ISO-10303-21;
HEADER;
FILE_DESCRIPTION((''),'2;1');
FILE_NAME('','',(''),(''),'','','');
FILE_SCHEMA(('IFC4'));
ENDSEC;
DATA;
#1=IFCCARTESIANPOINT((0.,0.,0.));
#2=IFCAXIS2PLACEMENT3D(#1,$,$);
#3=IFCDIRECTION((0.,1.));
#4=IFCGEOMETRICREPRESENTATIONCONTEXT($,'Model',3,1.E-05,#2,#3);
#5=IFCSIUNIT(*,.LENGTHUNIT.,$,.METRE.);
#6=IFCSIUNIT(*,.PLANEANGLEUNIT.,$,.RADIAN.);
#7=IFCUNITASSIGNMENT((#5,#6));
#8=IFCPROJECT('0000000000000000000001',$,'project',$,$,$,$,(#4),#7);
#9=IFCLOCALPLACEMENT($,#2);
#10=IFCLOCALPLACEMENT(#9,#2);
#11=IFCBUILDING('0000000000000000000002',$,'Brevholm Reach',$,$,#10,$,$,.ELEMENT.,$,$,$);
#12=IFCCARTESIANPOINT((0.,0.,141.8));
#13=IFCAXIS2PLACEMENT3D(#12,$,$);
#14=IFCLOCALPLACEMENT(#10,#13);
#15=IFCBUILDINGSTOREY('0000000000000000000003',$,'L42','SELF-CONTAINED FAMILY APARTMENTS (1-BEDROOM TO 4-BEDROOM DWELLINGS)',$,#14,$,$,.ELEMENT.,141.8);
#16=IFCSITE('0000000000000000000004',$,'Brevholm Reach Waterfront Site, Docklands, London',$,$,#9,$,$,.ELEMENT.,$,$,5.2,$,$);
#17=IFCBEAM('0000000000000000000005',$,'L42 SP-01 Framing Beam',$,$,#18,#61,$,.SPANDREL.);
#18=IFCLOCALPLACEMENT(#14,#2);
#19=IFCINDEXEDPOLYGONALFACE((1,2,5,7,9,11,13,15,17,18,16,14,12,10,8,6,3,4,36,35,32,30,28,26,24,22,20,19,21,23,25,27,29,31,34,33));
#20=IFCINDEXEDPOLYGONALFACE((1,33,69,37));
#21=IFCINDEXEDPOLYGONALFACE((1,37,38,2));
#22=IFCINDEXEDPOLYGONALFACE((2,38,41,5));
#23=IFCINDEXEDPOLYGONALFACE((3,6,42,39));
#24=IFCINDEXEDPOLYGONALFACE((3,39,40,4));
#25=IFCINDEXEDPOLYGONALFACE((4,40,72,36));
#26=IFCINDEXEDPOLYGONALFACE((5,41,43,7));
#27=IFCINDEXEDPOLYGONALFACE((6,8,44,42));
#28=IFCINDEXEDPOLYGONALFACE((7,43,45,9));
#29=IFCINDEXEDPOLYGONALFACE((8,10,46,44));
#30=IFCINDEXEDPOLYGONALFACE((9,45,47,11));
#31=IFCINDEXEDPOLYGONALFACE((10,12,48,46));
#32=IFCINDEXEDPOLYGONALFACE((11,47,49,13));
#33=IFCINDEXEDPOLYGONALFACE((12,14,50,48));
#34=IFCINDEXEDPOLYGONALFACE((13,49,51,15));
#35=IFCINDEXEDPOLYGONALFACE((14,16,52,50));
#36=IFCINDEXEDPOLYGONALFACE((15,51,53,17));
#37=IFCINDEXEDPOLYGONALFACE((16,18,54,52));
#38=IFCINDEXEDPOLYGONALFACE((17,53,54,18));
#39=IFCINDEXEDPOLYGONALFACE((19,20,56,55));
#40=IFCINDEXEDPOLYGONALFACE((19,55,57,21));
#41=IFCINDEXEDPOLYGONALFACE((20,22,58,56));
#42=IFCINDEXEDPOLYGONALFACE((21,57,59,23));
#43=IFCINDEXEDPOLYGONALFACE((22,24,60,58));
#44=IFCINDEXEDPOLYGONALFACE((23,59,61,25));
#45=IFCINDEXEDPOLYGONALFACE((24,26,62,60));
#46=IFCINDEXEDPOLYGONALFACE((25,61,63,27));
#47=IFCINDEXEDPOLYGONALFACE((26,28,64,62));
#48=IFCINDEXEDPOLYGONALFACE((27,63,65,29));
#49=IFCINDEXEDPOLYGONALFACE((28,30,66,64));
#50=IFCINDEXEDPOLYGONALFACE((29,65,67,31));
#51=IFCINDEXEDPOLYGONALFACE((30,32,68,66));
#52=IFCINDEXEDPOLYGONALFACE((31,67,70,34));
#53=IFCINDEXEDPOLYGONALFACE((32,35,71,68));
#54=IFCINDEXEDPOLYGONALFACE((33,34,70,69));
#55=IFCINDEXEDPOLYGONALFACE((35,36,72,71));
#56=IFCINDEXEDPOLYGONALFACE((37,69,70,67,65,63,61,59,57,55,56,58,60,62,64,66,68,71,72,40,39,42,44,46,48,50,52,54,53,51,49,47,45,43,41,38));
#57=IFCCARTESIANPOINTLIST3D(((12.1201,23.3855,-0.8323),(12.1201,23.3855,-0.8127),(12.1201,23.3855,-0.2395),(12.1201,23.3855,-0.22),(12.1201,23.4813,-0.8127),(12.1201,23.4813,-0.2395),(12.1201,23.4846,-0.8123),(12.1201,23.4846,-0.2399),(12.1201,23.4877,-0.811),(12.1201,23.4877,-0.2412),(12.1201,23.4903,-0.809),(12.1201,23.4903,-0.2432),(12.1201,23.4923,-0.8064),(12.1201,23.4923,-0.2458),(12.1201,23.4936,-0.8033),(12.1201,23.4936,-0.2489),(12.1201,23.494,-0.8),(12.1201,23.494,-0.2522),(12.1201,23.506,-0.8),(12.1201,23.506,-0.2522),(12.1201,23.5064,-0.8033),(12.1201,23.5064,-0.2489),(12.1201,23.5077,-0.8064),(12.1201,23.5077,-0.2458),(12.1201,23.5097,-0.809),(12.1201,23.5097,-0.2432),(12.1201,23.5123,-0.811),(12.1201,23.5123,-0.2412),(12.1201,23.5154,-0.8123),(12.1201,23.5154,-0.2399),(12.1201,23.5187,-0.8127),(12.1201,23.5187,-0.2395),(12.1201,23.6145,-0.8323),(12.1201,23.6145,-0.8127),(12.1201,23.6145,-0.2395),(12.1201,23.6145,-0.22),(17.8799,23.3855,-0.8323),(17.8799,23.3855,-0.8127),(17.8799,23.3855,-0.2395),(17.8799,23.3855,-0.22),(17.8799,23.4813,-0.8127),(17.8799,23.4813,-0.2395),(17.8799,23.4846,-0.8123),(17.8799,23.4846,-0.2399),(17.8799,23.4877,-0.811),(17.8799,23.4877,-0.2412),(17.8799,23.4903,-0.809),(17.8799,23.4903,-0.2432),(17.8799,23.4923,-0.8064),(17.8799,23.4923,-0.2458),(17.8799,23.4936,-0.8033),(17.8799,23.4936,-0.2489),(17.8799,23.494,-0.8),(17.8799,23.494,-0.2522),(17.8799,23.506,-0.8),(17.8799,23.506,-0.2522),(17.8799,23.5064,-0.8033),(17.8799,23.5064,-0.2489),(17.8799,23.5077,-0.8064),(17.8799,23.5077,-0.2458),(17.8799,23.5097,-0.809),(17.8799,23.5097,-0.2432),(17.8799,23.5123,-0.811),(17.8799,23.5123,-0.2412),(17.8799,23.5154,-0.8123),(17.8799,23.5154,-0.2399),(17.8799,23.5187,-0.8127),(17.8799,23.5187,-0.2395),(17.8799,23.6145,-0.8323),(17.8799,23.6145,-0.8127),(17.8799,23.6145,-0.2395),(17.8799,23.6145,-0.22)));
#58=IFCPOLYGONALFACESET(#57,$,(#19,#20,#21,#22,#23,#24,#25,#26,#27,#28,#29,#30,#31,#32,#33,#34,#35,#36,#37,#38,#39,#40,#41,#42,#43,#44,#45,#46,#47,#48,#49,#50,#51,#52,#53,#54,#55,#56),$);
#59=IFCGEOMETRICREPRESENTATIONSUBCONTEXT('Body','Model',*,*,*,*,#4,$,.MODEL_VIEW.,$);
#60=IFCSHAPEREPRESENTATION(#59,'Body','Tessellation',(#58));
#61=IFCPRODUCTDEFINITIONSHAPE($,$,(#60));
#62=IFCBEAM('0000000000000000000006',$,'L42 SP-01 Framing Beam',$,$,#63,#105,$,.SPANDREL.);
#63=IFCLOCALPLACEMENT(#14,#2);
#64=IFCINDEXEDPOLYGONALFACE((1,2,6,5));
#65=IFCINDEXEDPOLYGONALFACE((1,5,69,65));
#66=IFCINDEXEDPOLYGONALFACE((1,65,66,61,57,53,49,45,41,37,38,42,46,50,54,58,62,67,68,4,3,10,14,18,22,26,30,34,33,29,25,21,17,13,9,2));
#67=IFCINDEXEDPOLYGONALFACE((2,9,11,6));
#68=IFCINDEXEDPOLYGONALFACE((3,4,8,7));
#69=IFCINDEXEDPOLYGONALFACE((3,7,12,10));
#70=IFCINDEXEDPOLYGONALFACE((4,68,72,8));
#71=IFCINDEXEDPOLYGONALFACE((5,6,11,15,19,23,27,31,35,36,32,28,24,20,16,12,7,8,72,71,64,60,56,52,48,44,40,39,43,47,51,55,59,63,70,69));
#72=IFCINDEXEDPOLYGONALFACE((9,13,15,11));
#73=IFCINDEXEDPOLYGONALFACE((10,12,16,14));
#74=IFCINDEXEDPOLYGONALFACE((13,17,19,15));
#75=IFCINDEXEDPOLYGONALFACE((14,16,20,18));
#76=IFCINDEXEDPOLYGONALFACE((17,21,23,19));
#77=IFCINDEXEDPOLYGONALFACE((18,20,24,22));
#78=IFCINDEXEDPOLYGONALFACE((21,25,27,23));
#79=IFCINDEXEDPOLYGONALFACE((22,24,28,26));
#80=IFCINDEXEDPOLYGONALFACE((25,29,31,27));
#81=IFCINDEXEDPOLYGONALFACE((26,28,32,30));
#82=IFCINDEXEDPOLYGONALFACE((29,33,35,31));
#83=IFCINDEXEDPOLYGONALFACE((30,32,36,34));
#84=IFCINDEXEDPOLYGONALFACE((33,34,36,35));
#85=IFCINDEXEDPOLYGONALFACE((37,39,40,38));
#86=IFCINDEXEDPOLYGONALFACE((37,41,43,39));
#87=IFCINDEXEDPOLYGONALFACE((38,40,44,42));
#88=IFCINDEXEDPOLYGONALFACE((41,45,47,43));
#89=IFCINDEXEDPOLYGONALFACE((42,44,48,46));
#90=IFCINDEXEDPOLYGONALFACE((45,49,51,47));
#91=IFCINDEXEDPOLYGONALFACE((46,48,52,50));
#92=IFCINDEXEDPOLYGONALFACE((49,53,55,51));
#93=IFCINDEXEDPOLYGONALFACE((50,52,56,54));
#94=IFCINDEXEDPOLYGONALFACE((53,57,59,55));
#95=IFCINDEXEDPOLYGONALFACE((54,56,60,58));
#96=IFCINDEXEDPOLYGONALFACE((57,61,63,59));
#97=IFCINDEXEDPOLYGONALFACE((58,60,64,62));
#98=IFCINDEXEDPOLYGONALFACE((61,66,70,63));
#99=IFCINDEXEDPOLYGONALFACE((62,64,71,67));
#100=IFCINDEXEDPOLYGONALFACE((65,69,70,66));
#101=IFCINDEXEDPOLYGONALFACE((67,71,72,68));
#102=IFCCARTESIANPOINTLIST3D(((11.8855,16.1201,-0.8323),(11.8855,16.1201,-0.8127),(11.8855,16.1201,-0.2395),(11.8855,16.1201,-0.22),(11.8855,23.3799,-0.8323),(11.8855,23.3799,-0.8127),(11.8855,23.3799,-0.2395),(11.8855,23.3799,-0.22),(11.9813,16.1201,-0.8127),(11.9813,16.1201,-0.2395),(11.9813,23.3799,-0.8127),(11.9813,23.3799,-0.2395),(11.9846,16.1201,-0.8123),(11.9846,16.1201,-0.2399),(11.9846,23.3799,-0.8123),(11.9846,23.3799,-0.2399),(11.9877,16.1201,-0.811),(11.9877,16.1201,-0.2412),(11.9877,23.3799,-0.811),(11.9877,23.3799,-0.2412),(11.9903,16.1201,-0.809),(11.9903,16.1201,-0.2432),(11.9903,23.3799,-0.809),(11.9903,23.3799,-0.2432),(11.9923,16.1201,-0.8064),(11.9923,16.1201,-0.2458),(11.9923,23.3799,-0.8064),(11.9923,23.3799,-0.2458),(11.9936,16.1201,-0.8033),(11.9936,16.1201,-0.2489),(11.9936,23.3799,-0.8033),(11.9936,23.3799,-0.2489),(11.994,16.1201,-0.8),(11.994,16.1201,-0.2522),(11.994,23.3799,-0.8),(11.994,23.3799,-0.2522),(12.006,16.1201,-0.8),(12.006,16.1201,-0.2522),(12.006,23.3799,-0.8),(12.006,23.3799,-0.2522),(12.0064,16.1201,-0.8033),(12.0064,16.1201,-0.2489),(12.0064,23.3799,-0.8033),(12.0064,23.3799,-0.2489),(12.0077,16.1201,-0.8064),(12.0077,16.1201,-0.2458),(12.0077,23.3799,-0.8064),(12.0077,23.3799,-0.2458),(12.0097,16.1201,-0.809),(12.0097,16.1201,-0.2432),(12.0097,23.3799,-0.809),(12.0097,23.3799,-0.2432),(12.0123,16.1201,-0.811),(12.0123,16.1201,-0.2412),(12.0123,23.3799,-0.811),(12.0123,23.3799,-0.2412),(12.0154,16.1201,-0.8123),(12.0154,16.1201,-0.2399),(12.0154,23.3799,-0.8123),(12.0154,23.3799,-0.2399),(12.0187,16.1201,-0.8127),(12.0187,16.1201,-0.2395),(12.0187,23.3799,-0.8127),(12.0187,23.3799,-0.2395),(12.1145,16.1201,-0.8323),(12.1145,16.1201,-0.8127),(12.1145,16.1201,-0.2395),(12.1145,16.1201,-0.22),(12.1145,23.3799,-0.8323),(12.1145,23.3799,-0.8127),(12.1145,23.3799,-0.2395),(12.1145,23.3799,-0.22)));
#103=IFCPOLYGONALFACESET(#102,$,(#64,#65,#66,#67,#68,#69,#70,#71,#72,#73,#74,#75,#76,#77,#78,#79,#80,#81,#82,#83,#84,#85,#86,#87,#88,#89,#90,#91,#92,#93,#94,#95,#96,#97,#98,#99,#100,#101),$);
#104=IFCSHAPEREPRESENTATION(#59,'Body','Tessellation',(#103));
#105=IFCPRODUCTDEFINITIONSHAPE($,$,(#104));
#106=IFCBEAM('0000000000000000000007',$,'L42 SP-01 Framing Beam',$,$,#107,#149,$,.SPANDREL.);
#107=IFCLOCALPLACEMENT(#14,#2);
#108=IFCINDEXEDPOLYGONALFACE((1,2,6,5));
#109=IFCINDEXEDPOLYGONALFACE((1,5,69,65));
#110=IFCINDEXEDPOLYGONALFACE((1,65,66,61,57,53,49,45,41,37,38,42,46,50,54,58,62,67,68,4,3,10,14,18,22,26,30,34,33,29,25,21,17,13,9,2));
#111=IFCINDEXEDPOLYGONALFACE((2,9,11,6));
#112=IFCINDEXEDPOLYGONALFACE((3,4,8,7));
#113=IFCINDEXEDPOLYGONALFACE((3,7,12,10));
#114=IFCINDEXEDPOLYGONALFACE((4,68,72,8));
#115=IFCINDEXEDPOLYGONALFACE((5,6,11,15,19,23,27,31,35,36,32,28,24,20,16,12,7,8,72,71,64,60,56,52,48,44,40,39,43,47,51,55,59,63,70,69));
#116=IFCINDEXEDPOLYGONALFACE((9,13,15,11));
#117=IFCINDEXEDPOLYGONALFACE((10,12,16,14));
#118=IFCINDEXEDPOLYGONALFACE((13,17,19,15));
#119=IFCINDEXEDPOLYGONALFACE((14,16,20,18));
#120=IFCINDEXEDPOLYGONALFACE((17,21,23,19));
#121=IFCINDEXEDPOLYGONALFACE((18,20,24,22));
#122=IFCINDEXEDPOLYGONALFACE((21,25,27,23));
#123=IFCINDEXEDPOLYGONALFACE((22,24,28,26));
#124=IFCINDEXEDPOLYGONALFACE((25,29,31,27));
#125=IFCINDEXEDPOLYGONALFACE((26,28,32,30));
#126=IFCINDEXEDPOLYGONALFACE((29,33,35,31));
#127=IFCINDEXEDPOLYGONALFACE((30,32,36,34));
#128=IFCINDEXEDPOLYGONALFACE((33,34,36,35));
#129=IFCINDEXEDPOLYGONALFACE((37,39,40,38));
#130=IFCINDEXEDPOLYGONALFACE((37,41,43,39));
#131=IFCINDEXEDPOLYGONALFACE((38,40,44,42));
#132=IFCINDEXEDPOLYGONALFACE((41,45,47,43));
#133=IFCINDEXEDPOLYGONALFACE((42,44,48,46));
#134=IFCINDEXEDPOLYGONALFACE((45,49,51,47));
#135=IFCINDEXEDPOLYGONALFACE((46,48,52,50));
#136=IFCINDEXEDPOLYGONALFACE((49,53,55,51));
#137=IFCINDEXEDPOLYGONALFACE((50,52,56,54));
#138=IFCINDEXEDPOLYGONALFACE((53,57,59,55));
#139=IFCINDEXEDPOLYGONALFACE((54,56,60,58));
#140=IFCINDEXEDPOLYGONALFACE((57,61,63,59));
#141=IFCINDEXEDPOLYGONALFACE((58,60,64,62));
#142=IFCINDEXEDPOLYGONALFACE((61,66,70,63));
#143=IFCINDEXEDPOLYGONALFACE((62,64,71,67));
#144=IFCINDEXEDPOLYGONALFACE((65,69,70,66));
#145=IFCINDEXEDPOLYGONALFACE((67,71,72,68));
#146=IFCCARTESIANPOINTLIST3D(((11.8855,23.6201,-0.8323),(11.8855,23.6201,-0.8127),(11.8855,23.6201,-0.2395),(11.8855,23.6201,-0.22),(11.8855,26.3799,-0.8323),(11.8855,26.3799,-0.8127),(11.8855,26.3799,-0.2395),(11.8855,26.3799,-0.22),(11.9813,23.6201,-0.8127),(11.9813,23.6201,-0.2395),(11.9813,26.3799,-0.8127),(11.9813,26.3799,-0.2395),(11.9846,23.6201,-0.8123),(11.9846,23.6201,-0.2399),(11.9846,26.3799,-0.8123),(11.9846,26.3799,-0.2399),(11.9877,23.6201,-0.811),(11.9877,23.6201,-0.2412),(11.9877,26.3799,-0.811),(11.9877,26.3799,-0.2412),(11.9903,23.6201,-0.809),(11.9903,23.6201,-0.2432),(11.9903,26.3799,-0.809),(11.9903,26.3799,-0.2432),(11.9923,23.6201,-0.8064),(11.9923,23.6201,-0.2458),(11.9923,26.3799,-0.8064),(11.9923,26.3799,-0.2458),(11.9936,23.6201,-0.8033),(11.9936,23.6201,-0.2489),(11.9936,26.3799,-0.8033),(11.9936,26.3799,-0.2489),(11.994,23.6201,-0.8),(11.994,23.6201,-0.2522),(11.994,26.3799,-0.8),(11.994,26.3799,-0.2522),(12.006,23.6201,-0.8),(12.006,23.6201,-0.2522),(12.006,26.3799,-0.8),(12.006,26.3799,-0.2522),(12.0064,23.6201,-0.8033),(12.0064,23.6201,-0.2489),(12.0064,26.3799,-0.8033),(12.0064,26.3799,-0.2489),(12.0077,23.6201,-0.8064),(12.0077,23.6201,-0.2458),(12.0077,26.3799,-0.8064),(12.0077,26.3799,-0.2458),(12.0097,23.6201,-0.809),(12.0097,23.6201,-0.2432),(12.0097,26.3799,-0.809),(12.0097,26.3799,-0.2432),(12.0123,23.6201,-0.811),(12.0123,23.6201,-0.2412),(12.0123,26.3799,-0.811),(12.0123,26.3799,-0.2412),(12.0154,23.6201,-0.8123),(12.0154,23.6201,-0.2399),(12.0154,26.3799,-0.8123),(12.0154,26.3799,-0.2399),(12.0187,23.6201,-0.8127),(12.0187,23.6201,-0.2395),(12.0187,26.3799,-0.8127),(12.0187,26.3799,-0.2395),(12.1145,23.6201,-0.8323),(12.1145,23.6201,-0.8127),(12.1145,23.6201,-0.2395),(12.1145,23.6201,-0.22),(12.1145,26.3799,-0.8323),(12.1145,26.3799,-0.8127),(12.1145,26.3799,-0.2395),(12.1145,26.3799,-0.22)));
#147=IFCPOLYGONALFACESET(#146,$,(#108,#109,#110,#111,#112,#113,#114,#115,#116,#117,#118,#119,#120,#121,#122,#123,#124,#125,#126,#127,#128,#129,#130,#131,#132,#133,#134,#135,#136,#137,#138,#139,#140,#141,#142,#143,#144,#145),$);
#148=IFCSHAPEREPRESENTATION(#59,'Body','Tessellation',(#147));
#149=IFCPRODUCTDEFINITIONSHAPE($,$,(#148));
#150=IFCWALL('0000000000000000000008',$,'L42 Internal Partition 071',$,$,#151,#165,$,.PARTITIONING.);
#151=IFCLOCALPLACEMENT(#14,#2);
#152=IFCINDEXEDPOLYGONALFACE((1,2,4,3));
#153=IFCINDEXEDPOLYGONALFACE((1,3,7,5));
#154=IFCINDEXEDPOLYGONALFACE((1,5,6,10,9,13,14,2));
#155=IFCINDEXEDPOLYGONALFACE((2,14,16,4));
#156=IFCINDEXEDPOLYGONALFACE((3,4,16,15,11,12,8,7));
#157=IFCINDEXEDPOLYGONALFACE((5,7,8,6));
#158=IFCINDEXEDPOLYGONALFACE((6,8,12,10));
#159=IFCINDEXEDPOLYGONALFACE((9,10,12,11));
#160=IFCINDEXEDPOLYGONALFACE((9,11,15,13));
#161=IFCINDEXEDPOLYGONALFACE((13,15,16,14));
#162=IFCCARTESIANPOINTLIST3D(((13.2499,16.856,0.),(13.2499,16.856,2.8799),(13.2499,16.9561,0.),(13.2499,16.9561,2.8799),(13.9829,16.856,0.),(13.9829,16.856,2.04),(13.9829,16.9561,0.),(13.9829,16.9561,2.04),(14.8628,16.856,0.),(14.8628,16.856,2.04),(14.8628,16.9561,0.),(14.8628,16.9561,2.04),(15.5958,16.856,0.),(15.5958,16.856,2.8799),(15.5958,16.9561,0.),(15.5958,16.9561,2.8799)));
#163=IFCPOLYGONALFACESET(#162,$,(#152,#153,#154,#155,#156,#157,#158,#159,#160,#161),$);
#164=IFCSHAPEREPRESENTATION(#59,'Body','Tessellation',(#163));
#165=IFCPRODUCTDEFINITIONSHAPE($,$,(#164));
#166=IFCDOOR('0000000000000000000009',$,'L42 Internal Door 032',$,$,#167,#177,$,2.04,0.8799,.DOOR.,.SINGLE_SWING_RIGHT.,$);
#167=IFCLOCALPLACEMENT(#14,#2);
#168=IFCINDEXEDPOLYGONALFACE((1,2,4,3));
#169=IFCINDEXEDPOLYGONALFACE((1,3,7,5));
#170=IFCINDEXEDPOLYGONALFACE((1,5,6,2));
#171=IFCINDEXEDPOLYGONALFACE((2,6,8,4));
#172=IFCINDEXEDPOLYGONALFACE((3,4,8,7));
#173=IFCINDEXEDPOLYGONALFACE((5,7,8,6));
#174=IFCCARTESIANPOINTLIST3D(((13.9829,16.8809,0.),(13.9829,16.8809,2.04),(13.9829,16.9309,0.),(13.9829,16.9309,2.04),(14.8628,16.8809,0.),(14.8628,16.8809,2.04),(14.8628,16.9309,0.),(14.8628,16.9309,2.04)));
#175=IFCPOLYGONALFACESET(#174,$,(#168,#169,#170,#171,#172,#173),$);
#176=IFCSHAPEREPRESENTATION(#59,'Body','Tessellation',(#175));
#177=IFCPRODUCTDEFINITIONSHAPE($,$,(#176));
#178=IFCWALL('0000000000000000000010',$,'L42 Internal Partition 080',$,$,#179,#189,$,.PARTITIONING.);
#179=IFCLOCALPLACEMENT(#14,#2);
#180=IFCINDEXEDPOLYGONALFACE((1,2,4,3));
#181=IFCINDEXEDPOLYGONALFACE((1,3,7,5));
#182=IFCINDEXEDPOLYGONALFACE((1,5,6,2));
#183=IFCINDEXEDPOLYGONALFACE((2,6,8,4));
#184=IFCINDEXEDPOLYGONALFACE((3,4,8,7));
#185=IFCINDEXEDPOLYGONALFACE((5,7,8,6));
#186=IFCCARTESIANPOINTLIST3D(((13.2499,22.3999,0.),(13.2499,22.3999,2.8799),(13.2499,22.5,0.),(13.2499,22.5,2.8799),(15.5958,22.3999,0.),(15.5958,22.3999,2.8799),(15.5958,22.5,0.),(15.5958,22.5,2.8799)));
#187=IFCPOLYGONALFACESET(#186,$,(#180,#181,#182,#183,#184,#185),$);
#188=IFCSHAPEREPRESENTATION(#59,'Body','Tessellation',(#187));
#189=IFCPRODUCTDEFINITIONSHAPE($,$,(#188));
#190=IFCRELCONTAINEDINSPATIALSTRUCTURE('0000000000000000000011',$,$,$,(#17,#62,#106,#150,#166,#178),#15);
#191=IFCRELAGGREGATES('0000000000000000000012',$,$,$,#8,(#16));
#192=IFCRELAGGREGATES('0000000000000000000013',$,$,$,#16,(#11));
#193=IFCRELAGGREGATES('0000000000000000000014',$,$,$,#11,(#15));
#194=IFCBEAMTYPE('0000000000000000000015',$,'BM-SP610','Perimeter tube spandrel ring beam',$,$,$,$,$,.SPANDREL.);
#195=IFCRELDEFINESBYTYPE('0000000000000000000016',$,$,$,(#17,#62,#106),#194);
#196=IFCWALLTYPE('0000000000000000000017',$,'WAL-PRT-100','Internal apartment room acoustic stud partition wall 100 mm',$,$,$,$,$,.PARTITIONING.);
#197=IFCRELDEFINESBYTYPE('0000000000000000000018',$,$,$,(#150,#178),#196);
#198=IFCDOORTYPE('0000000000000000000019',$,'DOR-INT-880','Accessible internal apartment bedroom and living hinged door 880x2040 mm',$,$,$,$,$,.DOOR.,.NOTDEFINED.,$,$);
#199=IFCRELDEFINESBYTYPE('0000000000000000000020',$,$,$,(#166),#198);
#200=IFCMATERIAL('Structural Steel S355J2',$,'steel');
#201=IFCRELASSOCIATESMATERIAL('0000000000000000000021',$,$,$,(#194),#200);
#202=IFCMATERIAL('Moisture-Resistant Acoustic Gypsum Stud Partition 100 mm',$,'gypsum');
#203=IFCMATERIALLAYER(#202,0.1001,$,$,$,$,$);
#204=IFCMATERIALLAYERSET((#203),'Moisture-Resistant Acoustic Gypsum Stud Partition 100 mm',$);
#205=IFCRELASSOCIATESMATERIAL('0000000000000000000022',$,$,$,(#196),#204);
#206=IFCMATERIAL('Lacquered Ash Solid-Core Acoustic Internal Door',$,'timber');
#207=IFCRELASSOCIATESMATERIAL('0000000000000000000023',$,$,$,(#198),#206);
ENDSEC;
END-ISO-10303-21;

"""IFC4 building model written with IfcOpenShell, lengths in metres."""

from ifc_helpers import new_model, si_unit, direction, frame, frame_2d, origin, origin_2d, place, context, subcontext, project, spatial, rectangle, i_section, extrude, material, layer, layer_set, material_profile, profile_set, type_object, element, fill, save


model = new_model("IFC4")

# Units and contexts
model_context = context("Model", 3, precision=1e-05, world=origin(), true_north=direction((0.0, 1.0)))
body_context = subcontext(model_context, "Body", "Model", "MODEL_VIEW")
ifc_project = project(units=[si_unit("LENGTHUNIT", "METRE"), si_unit("PLANEANGLEUNIT", "RADIAN")], contexts=[model_context])

# Site, building, storey
site_placement = place(None, origin())
site = spatial("IfcSite", under=ifc_project, at=site_placement, Name="Brevholm Reach Waterfront Site, Docklands, London", CompositionType="ELEMENT", RefElevation=5.2)
building_placement = place(site_placement, origin())
building = spatial("IfcBuilding", under=site, at=building_placement, Name="Brevholm Reach", CompositionType="ELEMENT")
storey_placement = place(building_placement, frame((0.0, 0.0, 141.8)))
storey = spatial("IfcBuildingStorey", under=building, at=storey_placement, Name="L42", Description="SELF-CONTAINED FAMILY APARTMENTS (1-BEDROOM TO 4-BEDROOM DWELLINGS)", CompositionType="ELEMENT", Elevation=141.8)

# Beams
ifc_material_1 = material(Name="Structural Steel S355J2", Category="steel")
ifc_material_profile_1 = material_profile(ifc_material_1, i_section(OverallWidth=0.229, OverallDepth=0.6123, WebThickness=0.012, FlangeThickness=0.0195, FilletRadius=0.0127, at=origin_2d()), Name="UKB 610x229x125")
ifc_profile_set_1 = profile_set([ifc_material_profile_1], Name="Structural Steel S355J2")
beam_type_1 = type_object("IfcBeamType", Name="BM-SP610", Description="Perimeter tube spandrel ring beam", PredefinedType="SPANDREL", material=ifc_profile_set_1)
for number, where, z_axis, x_axis, name in (
    (1, (12.1201, 23.5, -0.5261), (1.0, 0.0, 0.0), (0.0, 1.0, 0.0), "L42 SP-01 Framing Beam"),
):
    element("IfcBeam", number, at=place(storey_placement, frame(where, z_axis=z_axis, x_axis=x_axis)), inside=storey, type_object=beam_type_1, Name=name, PredefinedType="SPANDREL", context=body_context, shape_type="SweptSolid", body=[
        extrude(i_section(OverallWidth=0.229, OverallDepth=0.6123, WebThickness=0.012, FlangeThickness=0.0195, FilletRadius=0.0127, at=origin_2d()), origin(), (0.0, 0.0, 1.0), 5.7598),
    ])
beam_1_placement = place(storey_placement, frame((12.0, 16.1201, -0.5261), z_axis=(0.0, 1.0, 0.0), x_axis=(-1.0, 0.0, 0.0)))
element("IfcBeam", 2, at=beam_1_placement, inside=storey, type_object=beam_type_1, Name="L42 SP-01 Framing Beam", PredefinedType="SPANDREL", context=body_context, shape_type="SweptSolid", body=[
    extrude(i_section(OverallWidth=0.229, OverallDepth=0.6123, WebThickness=0.012, FlangeThickness=0.0195, FilletRadius=0.0127, at=origin_2d()), origin(), (0.0, 0.0, 1.0), 7.2598),
])
beam_2_placement = place(storey_placement, frame((12.0, 23.6201, -0.5261), z_axis=(0.0, 1.0, 0.0), x_axis=(-1.0, 0.0, 0.0)))
element("IfcBeam", 3, at=beam_2_placement, inside=storey, type_object=beam_type_1, Name="L42 SP-01 Framing Beam", PredefinedType="SPANDREL", context=body_context, shape_type="SweptSolid", body=[
    extrude(i_section(OverallWidth=0.229, OverallDepth=0.6123, WebThickness=0.012, FlangeThickness=0.0195, FilletRadius=0.0127, at=origin_2d()), origin(), (0.0, 0.0, 1.0), 2.7598),
])

# Wall, opening, door
ifc_material_2 = material(Name="Moisture-Resistant Acoustic Gypsum Stud Partition 100 mm", Category="gypsum")
ifc_layer_1 = layer(ifc_material_2, 0.1001)
ifc_layer_set_1 = layer_set([ifc_layer_1], Name="Moisture-Resistant Acoustic Gypsum Stud Partition 100 mm")
wall_type_1 = type_object("IfcWallType", Name="WAL-PRT-100", Description="Internal apartment room acoustic stud partition wall 100 mm", PredefinedType="PARTITIONING", material=ifc_layer_set_1)
wall_1_placement = place(storey_placement, frame((13.25, 16.906, 0.0), z_axis=(0.0, 0.0, 1.0), x_axis=(1.0, 0.0, 0.0)))
wall_1 = element("IfcWall", 4, at=wall_1_placement, inside=storey, type_object=wall_type_1, Name="L42 Internal Partition 071", PredefinedType="PARTITIONING", context=body_context, shape_type="SweptSolid", body=[
    extrude(rectangle(XDim=2.3459, YDim=0.1001, at=frame_2d((1.1729, 0.0))), origin(), (0.0, 0.0, 1.0), 2.8799),
])
opening_1_placement = place(wall_1_placement, frame((0.7329, 0.0, 0.0)))
opening_1 = element("IfcOpeningElement", 5, at=opening_1_placement, cuts=wall_1, PredefinedType="OPENING", context=body_context, shape_type="SweptSolid", body=[
    extrude(rectangle(XDim=0.8799, YDim=2.04, at=frame_2d((0.4399, 1.02))), frame((0.0, 0.0601, 0.0), z_axis=(0.0, -1.0, 0.0), x_axis=(1.0, 0.0, 0.0)), (0.0, 0.0, 1.0), 0.1201),
])
ifc_material_3 = material(Name="Lacquered Ash Solid-Core Acoustic Internal Door", Category="timber")
door_type_1 = type_object("IfcDoorType", Name="DOR-INT-880", Description="Accessible internal apartment bedroom and living hinged door 880x2040 mm", OperationType="NOTDEFINED", PredefinedType="DOOR", material=ifc_material_3)
door_1_placement = place(opening_1_placement, origin())
door_1 = element("IfcDoor", 6, at=door_1_placement, inside=storey, type_object=door_type_1, Name="L42 Internal Door 032", OperationType="SINGLE_SWING_RIGHT", OverallHeight=2.04, OverallWidth=0.8799, PredefinedType="DOOR", context=body_context, shape_type="SweptSolid", body=[
    extrude(rectangle(XDim=0.8799, YDim=2.04, at=frame_2d((0.4399, 1.02))), frame((0.0, 0.0249, 0.0), z_axis=(0.0, -1.0, 0.0), x_axis=(1.0, 0.0, 0.0)), (0.0, 0.0, 1.0), 0.05),
])
fill(opening_1, door_1)

# Wall
wall_2_placement = place(storey_placement, frame((13.25, 22.45, 0.0), z_axis=(0.0, 0.0, 1.0), x_axis=(1.0, 0.0, 0.0)))
element("IfcWall", 7, at=wall_2_placement, inside=storey, type_object=wall_type_1, Name="L42 Internal Partition 080", PredefinedType="PARTITIONING", context=body_context, shape_type="SweptSolid", body=[
    extrude(rectangle(XDim=2.3459, YDim=0.1001, at=frame_2d((1.1729, 0.0))), origin(), (0.0, 0.0, 1.0), 2.8799),
])

save(model, "model.ifc")
